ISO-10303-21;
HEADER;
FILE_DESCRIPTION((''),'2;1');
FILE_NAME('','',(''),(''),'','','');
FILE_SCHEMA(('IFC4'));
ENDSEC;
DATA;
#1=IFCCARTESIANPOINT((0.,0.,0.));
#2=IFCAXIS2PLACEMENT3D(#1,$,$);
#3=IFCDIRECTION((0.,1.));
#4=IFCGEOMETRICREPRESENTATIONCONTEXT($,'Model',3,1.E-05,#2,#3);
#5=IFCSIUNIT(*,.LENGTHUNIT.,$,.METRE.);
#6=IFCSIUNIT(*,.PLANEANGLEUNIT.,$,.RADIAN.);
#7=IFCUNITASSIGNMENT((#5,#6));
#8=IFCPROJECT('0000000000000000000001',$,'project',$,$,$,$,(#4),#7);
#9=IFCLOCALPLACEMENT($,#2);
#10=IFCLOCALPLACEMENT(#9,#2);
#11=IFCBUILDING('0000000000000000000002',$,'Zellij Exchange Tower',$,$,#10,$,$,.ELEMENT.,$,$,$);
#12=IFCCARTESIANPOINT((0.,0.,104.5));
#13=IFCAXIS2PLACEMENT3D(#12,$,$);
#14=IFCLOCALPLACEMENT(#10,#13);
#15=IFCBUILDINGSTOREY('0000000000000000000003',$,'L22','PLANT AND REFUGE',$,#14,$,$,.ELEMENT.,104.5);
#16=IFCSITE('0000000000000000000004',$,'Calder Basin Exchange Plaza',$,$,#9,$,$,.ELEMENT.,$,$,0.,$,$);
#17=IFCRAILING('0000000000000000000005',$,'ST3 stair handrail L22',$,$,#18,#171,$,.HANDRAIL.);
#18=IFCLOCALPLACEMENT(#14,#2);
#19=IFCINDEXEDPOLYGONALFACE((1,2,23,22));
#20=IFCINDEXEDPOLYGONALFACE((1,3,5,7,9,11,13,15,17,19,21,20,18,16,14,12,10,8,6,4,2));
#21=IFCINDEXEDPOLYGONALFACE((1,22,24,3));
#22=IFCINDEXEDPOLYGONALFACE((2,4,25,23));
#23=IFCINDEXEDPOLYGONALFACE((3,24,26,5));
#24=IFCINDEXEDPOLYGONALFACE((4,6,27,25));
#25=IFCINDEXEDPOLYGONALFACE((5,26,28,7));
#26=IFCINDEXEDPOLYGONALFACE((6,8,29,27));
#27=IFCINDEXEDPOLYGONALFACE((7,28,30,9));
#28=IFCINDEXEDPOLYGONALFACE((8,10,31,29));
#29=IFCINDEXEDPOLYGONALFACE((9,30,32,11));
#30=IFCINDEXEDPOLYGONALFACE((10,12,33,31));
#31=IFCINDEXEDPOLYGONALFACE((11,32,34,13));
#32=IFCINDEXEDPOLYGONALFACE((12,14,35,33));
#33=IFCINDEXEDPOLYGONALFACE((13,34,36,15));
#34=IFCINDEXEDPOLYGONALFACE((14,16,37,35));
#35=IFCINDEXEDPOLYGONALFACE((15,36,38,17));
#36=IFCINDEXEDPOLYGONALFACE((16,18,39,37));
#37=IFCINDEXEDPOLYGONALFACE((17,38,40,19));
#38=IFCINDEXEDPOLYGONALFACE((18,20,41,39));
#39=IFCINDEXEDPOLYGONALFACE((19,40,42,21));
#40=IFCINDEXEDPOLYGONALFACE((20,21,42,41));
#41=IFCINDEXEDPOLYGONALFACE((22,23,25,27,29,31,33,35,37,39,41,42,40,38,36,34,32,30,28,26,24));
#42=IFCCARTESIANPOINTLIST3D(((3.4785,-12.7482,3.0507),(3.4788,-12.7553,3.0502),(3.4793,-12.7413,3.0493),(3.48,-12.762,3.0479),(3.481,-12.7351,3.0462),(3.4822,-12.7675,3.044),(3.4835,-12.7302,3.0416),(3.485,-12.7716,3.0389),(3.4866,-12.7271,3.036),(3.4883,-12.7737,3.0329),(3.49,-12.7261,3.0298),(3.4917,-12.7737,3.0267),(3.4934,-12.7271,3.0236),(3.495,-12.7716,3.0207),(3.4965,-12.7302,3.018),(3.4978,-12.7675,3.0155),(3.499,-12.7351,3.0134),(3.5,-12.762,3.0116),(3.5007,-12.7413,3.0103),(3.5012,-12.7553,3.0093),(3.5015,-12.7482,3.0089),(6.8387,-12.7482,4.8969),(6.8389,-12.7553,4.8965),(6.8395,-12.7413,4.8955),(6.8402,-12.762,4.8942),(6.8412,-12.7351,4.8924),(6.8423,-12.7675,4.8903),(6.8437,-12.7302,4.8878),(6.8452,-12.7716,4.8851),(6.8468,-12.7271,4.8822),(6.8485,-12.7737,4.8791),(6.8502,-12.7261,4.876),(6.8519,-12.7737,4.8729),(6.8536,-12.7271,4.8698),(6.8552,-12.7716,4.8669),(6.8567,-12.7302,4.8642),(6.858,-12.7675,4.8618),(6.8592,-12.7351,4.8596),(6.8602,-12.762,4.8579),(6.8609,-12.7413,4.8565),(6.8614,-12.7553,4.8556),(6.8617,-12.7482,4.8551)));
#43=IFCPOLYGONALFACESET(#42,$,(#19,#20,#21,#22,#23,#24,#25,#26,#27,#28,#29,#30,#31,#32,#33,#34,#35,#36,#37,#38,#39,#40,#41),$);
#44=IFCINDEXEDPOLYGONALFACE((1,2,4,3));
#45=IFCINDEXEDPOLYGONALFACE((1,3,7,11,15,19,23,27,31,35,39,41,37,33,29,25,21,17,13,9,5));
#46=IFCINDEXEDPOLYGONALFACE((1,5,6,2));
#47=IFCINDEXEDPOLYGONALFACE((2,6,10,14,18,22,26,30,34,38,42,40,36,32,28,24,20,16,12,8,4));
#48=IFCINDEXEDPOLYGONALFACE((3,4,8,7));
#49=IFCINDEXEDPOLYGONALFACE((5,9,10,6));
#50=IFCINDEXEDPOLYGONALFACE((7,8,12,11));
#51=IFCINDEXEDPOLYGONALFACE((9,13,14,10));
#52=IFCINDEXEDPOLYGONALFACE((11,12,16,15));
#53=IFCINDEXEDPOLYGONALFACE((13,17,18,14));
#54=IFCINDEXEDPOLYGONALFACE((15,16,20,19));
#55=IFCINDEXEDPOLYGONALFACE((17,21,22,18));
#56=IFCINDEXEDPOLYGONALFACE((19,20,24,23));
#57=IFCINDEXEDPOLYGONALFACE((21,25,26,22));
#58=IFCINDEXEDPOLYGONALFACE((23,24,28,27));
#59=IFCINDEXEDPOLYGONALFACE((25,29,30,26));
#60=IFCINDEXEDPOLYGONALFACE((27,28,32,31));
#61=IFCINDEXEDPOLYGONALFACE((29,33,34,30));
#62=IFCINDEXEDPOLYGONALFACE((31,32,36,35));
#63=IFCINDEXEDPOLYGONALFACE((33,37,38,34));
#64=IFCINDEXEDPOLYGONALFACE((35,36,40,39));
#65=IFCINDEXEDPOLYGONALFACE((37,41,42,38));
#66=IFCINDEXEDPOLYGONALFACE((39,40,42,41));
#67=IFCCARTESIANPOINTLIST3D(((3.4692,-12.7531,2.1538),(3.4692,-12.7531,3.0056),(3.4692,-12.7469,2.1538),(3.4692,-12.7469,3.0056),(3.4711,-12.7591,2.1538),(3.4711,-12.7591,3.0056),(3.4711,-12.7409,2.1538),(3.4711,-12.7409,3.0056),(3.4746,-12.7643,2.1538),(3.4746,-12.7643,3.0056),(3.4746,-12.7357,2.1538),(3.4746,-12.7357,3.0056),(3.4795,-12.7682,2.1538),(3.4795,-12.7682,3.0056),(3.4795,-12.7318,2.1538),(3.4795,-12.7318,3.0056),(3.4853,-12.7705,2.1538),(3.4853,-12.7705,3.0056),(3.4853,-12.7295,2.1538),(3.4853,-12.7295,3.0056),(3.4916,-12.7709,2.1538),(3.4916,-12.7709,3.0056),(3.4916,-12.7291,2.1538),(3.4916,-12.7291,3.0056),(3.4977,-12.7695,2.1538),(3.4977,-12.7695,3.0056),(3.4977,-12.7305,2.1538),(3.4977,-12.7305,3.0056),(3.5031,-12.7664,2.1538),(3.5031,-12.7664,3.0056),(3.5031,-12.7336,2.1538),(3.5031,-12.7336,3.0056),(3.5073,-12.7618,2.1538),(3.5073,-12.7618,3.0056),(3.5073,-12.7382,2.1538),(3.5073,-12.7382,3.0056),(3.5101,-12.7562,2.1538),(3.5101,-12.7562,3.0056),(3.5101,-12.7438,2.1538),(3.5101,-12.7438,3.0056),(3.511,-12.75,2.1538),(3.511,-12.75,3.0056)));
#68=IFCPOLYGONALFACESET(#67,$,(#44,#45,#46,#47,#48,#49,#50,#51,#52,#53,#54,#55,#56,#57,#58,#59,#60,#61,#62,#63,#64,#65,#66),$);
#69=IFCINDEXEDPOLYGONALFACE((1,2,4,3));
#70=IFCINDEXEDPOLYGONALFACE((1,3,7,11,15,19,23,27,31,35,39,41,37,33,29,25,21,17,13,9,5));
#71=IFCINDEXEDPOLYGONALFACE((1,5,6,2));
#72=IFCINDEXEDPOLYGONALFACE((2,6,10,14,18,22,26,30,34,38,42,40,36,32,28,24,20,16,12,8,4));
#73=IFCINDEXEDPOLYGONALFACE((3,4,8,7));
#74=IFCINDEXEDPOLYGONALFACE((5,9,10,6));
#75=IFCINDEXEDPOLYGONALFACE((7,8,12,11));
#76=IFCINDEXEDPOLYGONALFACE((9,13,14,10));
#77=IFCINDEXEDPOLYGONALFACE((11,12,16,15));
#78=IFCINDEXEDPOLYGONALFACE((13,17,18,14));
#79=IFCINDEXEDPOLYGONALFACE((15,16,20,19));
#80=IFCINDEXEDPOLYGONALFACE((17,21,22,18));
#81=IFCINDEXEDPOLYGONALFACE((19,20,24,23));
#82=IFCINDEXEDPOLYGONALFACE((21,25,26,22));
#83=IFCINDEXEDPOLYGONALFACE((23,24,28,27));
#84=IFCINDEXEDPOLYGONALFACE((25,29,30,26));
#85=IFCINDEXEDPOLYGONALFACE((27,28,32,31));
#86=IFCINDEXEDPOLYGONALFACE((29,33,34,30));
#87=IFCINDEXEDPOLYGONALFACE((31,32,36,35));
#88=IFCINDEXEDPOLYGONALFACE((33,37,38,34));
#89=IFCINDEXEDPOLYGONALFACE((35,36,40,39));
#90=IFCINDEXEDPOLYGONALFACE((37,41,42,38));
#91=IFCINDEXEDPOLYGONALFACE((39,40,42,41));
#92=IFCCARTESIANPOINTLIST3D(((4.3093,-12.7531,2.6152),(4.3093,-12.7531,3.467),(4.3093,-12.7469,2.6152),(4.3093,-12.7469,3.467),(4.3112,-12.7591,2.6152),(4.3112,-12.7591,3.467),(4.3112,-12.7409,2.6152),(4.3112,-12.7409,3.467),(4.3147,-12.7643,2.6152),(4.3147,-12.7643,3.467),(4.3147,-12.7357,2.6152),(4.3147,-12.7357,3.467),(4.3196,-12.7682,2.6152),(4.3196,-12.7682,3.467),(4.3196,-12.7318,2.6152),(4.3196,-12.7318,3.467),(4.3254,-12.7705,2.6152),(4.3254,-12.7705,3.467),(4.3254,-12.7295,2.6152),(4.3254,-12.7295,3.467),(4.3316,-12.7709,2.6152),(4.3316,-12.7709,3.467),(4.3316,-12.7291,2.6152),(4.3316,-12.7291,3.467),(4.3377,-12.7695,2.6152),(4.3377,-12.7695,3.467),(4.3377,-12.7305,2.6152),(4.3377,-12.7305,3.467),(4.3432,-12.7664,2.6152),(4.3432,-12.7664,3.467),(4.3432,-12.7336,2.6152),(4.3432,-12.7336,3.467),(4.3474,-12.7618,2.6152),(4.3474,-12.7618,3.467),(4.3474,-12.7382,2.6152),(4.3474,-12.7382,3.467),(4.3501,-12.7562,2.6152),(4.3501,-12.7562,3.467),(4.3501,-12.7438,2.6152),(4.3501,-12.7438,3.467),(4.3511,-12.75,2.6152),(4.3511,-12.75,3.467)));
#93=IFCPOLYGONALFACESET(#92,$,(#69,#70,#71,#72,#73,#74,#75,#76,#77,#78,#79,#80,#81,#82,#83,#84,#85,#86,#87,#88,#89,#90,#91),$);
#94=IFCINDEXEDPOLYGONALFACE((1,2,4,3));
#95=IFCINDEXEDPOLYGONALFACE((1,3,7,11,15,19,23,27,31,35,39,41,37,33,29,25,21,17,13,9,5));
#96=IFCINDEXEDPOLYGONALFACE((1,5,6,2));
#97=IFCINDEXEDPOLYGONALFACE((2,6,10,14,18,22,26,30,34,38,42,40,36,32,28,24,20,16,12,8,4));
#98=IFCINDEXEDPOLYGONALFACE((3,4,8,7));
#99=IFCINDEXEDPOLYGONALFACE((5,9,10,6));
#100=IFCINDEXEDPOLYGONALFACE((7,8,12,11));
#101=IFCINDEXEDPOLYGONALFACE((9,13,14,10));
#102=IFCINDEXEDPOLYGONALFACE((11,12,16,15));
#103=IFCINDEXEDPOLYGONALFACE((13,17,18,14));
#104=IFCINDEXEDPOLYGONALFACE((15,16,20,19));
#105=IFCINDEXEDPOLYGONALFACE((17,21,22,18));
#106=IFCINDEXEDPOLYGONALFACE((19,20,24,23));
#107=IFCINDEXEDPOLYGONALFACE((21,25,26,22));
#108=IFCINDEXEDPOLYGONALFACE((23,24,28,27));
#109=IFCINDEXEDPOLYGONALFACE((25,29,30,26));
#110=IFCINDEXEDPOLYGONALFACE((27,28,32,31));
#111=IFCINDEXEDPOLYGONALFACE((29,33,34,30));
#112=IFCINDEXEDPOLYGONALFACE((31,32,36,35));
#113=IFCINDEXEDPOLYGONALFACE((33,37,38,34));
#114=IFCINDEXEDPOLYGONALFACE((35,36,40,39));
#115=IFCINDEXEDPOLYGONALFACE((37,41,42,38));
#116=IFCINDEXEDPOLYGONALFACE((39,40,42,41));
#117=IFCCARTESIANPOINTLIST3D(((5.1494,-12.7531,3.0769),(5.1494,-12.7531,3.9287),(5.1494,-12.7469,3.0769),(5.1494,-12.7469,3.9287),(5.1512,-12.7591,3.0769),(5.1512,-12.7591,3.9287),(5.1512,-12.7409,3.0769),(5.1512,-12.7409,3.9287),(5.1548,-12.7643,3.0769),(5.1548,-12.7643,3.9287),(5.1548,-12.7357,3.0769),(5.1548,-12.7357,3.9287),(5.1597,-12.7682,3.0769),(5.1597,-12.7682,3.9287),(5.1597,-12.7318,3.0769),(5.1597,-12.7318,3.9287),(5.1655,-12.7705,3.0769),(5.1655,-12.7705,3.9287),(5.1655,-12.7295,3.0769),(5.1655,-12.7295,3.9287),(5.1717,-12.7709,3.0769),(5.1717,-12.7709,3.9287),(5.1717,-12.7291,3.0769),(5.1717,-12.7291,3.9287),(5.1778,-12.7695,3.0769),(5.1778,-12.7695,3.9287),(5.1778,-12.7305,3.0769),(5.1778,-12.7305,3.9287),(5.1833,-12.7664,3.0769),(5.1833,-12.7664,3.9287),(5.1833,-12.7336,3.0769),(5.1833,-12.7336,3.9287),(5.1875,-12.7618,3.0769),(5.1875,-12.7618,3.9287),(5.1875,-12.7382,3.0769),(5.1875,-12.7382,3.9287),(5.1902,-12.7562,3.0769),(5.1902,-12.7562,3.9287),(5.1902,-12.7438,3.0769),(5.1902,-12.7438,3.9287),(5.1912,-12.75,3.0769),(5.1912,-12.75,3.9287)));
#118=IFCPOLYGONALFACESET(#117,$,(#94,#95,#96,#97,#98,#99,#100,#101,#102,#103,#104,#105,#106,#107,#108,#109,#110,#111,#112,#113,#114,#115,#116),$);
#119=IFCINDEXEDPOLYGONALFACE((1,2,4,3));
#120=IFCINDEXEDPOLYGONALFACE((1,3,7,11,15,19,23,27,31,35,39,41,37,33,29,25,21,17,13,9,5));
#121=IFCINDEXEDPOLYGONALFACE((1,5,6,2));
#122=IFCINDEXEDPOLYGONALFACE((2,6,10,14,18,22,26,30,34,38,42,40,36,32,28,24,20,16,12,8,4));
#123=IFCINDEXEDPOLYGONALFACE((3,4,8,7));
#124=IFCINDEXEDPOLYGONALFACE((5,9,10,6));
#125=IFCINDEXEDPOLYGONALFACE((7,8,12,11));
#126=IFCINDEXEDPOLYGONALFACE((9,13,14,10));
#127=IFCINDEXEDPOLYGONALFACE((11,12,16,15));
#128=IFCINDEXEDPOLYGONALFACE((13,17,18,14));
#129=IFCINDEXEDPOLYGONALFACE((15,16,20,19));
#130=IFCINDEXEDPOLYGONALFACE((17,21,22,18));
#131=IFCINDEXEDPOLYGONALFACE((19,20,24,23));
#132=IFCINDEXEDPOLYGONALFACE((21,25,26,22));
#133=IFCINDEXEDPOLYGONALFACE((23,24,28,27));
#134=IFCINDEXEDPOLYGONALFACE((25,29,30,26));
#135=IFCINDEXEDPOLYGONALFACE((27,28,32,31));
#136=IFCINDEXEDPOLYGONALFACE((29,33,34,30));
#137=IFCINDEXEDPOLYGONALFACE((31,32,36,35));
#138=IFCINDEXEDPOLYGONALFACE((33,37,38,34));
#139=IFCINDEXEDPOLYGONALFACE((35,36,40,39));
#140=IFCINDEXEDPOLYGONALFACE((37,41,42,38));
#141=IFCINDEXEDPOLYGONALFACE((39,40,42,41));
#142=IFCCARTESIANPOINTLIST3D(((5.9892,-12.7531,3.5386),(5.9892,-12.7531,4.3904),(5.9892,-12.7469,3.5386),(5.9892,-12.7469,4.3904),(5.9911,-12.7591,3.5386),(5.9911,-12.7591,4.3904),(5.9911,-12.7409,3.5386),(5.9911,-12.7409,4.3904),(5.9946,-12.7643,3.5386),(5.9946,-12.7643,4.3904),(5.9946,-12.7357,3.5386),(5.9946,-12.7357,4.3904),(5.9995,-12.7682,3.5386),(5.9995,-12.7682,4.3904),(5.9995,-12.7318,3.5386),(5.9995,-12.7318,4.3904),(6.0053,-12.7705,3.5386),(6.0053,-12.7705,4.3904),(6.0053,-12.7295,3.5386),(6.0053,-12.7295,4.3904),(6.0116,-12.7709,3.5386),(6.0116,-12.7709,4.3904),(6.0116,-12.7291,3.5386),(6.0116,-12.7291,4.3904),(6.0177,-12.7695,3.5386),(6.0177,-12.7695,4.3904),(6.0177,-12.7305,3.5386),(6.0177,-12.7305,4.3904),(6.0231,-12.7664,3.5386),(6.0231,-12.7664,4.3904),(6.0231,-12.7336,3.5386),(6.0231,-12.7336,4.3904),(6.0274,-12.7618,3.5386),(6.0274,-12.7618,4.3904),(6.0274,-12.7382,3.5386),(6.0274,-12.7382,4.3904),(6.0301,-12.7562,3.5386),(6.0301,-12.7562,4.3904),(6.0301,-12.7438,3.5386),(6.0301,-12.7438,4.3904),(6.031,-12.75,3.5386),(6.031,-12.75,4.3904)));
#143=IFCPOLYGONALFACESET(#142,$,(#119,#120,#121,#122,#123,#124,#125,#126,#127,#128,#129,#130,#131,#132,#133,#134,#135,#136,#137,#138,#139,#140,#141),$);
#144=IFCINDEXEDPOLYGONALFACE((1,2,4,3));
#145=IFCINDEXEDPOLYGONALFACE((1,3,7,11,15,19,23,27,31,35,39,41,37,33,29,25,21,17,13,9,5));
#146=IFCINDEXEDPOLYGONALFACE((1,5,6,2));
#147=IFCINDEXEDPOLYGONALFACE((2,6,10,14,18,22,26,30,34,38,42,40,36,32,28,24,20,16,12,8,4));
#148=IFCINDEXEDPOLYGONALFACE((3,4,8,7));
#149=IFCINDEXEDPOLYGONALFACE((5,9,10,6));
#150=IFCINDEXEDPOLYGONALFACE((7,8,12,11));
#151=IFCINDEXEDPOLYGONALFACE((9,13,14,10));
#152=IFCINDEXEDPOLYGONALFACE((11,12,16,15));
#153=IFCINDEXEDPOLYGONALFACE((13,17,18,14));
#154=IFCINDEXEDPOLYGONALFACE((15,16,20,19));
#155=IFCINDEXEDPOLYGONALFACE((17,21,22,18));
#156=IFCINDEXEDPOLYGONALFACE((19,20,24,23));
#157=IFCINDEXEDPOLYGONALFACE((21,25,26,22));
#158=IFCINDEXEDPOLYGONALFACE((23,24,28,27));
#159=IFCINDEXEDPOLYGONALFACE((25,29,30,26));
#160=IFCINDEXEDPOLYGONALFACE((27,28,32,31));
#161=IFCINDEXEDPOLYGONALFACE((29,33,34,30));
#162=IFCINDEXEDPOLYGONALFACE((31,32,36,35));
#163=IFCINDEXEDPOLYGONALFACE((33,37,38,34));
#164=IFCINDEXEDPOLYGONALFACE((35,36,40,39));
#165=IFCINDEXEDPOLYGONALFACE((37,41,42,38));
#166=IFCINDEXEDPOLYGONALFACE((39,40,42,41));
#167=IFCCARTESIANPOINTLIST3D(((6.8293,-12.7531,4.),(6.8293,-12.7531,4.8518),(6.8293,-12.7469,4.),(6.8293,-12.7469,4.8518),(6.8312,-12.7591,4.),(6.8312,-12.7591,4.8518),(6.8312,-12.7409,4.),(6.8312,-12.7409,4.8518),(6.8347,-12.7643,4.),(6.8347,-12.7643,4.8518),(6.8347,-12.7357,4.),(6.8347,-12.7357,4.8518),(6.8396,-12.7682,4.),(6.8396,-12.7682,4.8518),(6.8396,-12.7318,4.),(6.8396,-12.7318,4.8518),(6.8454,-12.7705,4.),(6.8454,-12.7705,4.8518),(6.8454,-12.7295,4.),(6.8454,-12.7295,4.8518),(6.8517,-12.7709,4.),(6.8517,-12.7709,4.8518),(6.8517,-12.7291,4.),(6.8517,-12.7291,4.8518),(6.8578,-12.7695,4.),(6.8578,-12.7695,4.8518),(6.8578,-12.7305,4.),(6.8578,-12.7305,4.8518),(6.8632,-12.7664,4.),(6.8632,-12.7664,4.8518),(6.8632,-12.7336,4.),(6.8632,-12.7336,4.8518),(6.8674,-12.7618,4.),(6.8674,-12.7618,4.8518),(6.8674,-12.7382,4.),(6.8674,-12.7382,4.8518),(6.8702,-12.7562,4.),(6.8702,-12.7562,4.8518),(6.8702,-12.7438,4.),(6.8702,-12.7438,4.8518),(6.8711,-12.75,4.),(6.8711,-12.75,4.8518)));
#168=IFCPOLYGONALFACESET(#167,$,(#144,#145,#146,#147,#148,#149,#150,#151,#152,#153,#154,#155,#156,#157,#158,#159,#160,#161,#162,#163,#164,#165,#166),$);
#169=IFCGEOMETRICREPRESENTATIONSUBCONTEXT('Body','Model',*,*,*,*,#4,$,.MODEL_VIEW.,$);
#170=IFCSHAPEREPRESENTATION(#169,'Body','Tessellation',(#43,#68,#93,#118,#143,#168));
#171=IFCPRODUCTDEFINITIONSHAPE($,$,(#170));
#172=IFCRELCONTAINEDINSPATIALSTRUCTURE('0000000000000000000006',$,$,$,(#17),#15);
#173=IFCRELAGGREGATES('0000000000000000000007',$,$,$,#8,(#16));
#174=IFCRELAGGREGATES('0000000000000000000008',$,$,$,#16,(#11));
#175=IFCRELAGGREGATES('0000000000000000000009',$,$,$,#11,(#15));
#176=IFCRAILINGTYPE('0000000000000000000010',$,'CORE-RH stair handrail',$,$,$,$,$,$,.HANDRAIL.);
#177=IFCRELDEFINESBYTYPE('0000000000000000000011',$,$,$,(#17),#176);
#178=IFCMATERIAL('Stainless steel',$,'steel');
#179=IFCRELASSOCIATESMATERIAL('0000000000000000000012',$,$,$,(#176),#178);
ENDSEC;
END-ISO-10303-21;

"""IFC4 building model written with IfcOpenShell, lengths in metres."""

from ifc_helpers import new_model, si_unit, direction, frame, origin, origin_2d, place, context, subcontext, project, spatial, circle, extrude, material, type_object, element, save


model = new_model("IFC4")

# Units and contexts
model_context = context("Model", 3, precision=1e-05, world=origin(), true_north=direction((0.0, 1.0)))
body_context = subcontext(model_context, "Body", "Model", "MODEL_VIEW")
ifc_project = project(units=[si_unit("LENGTHUNIT", "METRE"), si_unit("PLANEANGLEUNIT", "RADIAN")], contexts=[model_context])

# Site, building, storey
site_placement = place(None, origin())
site = spatial("IfcSite", under=ifc_project, at=site_placement, Name="Calder Basin Exchange Plaza", CompositionType="ELEMENT", RefElevation=0.0)
building_placement = place(site_placement, origin())
building = spatial("IfcBuilding", under=site, at=building_placement, Name="Zellij Exchange Tower", CompositionType="ELEMENT")
storey_placement = place(building_placement, frame((0.0, 0.0, 104.5)))
storey = spatial("IfcBuildingStorey", under=building, at=storey_placement, Name="L22", Description="PLANT AND REFUGE", CompositionType="ELEMENT", Elevation=104.5)

# Railing
ifc_material_1 = material(Name="Stainless steel", Category="steel")
railing_type_1 = type_object("IfcRailingType", Name="CORE-RH stair handrail", PredefinedType="HANDRAIL", material=ifc_material_1)
railing_1_placement = place(storey_placement, frame((3.49, -12.75, 2.1538)))
element("IfcRailing", 1, at=railing_1_placement, inside=storey, type_object=railing_type_1, Name="ST3 stair handrail L22", PredefinedType="HANDRAIL", context=body_context, shape_type="SweptSolid", body=[
    extrude(circle(Radius=0.0239, at=origin_2d()), frame((0.0, 0.0, 0.876), z_axis=(0.876422, 0.0, 0.481545), x_axis=(0.0, 1.0, 0.0)), (0.0, 0.0, 1.0), 3.834),
    extrude(circle(Radius=0.021, at=origin_2d()), origin(), (0.0, 0.0, 1.0), 0.8518),
    extrude(circle(Radius=0.021, at=origin_2d()), frame((0.8401, 0.0, 0.4614)), (0.0, 0.0, 1.0), 0.8518),
    extrude(circle(Radius=0.021, at=origin_2d()), frame((1.6802, 0.0, 0.9231)), (0.0, 0.0, 1.0), 0.8518),
    extrude(circle(Radius=0.021, at=origin_2d()), frame((2.52, 0.0, 1.3848)), (0.0, 0.0, 1.0), 0.8518),
    extrude(circle(Radius=0.021, at=origin_2d()), frame((3.3601, 0.0, 1.8462)), (0.0, 0.0, 1.0), 0.8518),
])

save(model, "model.ifc")
